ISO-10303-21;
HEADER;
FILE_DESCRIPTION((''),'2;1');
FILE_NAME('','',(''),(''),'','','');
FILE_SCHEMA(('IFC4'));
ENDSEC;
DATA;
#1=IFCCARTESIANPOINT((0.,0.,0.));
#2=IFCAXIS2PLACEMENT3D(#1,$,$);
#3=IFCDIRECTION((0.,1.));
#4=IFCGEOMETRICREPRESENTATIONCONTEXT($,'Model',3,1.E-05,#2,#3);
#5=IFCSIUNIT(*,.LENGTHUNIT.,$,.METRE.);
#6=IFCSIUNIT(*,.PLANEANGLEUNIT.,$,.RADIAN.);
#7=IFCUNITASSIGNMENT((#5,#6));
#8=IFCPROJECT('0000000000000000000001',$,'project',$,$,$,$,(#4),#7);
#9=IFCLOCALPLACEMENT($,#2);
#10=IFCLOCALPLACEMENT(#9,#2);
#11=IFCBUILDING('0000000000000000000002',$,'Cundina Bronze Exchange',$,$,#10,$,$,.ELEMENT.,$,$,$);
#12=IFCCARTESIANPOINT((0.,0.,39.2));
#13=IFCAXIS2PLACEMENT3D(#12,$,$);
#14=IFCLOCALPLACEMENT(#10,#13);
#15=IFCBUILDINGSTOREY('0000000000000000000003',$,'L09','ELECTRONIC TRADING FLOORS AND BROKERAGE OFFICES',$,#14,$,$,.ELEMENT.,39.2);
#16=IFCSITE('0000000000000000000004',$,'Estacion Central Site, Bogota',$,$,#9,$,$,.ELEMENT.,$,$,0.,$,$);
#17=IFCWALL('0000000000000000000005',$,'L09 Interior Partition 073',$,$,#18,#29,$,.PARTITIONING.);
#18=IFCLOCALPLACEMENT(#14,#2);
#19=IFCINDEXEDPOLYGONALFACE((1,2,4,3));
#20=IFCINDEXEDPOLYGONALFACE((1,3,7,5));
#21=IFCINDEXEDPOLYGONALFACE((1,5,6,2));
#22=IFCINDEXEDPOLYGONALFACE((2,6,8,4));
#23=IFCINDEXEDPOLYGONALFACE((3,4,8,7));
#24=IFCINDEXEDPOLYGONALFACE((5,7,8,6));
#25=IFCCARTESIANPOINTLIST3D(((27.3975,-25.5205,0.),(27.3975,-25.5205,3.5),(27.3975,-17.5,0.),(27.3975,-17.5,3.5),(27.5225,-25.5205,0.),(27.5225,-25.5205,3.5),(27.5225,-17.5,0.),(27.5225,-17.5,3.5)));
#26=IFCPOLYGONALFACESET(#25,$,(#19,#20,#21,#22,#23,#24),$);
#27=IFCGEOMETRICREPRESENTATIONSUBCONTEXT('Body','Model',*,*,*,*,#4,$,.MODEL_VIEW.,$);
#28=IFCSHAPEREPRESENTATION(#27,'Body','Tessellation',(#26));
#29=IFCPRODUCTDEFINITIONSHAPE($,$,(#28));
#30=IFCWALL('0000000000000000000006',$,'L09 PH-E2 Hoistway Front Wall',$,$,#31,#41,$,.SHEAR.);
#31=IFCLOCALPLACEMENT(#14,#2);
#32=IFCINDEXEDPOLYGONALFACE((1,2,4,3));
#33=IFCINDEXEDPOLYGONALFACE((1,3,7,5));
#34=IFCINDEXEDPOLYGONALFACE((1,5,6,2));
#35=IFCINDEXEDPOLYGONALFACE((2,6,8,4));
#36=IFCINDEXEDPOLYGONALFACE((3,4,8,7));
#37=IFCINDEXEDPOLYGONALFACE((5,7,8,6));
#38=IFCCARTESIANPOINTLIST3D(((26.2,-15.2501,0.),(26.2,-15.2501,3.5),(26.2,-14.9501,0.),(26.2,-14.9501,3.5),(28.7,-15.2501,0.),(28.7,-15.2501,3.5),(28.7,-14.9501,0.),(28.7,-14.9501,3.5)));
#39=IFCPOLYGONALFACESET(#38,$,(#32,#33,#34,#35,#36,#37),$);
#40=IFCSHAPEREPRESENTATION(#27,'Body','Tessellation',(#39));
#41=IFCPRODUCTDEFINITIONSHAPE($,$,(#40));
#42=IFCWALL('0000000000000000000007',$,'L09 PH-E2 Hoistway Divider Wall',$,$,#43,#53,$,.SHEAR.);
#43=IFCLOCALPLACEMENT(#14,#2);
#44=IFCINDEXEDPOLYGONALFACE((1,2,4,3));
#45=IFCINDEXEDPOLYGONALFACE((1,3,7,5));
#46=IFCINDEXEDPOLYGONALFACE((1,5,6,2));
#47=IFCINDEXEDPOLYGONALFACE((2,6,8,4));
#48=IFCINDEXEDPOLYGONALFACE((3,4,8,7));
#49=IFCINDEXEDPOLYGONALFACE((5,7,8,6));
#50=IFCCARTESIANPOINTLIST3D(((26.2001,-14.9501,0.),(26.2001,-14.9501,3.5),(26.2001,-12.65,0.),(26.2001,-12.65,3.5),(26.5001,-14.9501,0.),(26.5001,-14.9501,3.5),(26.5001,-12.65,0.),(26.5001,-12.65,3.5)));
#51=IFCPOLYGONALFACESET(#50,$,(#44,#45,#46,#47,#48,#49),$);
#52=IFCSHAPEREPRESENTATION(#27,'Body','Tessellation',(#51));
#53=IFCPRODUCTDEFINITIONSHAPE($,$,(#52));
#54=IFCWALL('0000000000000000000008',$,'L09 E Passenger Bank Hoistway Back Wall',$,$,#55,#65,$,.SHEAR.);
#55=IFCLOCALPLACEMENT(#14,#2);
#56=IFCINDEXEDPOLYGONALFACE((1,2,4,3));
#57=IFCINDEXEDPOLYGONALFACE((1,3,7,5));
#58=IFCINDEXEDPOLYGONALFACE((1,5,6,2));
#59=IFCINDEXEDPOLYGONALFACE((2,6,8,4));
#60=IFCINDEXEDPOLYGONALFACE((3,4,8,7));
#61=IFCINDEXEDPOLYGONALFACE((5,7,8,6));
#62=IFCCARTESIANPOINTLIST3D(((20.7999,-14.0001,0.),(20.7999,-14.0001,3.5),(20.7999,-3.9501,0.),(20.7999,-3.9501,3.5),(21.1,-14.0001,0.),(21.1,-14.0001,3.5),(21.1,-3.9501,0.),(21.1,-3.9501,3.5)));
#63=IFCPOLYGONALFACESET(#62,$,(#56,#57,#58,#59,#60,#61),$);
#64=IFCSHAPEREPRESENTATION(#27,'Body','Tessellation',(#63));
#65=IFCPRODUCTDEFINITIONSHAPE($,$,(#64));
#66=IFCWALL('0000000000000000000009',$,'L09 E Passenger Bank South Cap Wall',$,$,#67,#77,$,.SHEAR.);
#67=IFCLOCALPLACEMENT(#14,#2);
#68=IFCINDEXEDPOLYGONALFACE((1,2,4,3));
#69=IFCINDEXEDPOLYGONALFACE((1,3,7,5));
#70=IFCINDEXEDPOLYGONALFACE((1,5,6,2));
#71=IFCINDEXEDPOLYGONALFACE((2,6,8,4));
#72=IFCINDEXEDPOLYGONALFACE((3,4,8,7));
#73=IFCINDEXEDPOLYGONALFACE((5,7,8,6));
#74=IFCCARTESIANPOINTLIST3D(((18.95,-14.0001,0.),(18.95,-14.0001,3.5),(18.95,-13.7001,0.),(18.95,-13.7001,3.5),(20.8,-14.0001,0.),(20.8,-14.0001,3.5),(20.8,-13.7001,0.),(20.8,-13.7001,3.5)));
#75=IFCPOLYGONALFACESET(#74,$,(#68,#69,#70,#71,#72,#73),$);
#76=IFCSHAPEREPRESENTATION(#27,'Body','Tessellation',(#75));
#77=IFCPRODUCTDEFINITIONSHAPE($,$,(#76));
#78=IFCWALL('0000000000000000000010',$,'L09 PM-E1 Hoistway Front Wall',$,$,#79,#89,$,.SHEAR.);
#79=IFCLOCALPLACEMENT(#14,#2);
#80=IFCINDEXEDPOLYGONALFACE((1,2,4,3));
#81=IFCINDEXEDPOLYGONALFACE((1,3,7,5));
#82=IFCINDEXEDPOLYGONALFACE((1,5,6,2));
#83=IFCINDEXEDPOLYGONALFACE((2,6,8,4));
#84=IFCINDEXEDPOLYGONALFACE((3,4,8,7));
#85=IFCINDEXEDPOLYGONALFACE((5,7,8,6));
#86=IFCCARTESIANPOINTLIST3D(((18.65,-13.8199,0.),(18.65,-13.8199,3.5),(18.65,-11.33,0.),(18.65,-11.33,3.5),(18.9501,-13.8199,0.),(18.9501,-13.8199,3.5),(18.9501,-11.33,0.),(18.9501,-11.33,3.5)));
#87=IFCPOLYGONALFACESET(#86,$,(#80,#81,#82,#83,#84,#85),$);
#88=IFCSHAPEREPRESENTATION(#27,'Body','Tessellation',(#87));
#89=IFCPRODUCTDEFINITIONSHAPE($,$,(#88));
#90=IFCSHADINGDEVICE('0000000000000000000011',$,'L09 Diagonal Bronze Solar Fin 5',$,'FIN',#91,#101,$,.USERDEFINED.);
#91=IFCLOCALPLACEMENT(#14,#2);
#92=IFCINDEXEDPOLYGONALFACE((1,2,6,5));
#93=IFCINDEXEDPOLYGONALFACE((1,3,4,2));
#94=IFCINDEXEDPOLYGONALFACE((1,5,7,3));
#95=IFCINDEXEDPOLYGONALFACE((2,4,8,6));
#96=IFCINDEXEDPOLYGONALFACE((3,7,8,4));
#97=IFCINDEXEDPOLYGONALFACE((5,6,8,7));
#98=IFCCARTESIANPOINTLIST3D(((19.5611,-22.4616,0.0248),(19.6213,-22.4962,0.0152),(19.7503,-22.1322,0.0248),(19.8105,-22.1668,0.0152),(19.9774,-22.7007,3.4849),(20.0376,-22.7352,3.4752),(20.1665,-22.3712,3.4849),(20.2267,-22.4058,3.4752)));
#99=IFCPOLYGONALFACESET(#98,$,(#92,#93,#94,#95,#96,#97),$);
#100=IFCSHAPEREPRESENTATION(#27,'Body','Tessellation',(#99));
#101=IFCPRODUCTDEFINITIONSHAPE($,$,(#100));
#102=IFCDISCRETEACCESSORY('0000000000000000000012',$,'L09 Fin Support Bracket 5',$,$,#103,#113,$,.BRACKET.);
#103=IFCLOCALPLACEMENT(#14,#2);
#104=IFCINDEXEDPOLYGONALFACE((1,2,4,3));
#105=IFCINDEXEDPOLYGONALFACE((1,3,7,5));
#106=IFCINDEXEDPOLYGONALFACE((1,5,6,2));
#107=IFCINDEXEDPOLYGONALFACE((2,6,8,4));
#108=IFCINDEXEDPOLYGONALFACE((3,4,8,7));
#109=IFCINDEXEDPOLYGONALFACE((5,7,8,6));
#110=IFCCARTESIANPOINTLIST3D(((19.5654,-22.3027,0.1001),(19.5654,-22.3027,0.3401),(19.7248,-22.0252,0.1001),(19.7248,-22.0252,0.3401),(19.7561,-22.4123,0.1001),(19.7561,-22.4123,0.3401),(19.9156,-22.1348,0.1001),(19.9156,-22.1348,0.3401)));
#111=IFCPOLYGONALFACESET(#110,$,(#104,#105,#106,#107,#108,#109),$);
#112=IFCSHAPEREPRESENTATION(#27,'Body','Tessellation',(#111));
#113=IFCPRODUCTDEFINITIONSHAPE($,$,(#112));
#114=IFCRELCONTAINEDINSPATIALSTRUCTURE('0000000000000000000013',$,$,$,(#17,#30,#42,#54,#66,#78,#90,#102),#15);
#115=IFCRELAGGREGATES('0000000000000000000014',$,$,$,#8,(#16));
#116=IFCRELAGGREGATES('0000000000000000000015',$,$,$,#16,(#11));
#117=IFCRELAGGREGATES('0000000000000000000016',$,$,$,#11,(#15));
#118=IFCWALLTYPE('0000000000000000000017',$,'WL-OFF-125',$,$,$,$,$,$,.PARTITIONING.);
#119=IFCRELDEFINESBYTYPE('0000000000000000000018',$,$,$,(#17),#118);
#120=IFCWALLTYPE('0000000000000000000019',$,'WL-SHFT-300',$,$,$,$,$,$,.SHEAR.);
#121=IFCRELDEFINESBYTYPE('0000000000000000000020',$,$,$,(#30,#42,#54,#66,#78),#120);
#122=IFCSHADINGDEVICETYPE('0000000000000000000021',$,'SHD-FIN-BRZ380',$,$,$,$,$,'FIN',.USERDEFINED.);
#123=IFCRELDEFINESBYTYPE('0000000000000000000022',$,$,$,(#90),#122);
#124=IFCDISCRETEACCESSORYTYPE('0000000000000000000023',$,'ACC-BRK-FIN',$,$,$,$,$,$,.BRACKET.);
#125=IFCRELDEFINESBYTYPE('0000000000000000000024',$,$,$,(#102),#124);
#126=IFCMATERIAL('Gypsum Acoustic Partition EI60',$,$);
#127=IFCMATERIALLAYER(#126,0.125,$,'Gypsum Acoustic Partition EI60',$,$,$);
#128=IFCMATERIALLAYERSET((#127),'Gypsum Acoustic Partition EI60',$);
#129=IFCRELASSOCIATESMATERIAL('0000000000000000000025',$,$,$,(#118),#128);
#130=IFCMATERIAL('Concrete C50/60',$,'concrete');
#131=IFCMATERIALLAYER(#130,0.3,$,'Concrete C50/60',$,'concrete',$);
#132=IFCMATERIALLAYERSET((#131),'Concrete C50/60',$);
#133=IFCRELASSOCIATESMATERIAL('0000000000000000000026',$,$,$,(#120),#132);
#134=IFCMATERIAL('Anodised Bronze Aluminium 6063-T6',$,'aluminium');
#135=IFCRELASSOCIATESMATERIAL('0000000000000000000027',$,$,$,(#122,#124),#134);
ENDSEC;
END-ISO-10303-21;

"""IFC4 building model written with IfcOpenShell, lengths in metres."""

from ifc_helpers import new_model, si_unit, direction, frame, frame_2d, origin, origin_2d, place, context, subcontext, project, spatial, rectangle, extrude, material, layer, layer_set, material_profile, profile_set, type_object, element, save


model = new_model("IFC4")

# Units and contexts
model_context = context("Model", 3, precision=1e-05, world=origin(), true_north=direction((0.0, 1.0)))
body_context = subcontext(model_context, "Body", "Model", "MODEL_VIEW")
ifc_project = project(units=[si_unit("LENGTHUNIT", "METRE"), si_unit("PLANEANGLEUNIT", "RADIAN")], contexts=[model_context])

# Site, building, storey
site_placement = place(None, origin())
site = spatial("IfcSite", under=ifc_project, at=site_placement, Name="Estacion Central Site, Bogota", CompositionType="ELEMENT", RefElevation=0.0)
building_placement = place(site_placement, origin())
building = spatial("IfcBuilding", under=site, at=building_placement, Name="Cundina Bronze Exchange", CompositionType="ELEMENT")
storey_placement = place(building_placement, frame((0.0, 0.0, 39.2)))
storey = spatial("IfcBuildingStorey", under=building, at=storey_placement, Name="L09", Description="ELECTRONIC TRADING FLOORS AND BROKERAGE OFFICES", CompositionType="ELEMENT", Elevation=39.2)

# Shared definitions
ifc_material_1 = material(Name="Anodised Bronze Aluminium 6063-T6", Category="aluminium")

# Walls
ifc_material_2 = material(Name="Gypsum Acoustic Partition EI60")
ifc_layer_1 = layer(ifc_material_2, 0.125, Name="Gypsum Acoustic Partition EI60")
ifc_layer_set_1 = layer_set([ifc_layer_1], Name="Gypsum Acoustic Partition EI60")
wall_type_1 = type_object("IfcWallType", Name="WL-OFF-125", PredefinedType="PARTITIONING", material=ifc_layer_set_1)
wall_1_placement = place(storey_placement, frame((27.46, -25.5205, 0.0), z_axis=(0.0, 0.0, 1.0), x_axis=(0.0, 1.0, 0.0)))
element("IfcWall", 1, at=wall_1_placement, inside=storey, type_object=wall_type_1, Name="L09 Interior Partition 073", PredefinedType="PARTITIONING", context=body_context, shape_type="SweptSolid", body=[
    extrude(rectangle(XDim=8.0205, YDim=0.125, at=frame_2d((4.0103, 0.0))), origin(), (0.0, 0.0, 1.0), 3.5),
])
ifc_material_3 = material(Name="Concrete C50/60", Category="concrete")
ifc_layer_2 = layer(ifc_material_3, 0.3, Name="Concrete C50/60", Category="concrete")
ifc_layer_set_2 = layer_set([ifc_layer_2], Name="Concrete C50/60")
wall_type_2 = type_object("IfcWallType", Name="WL-SHFT-300", PredefinedType="SHEAR", material=ifc_layer_set_2)
wall_2_placement = place(storey_placement, frame((26.2, -15.1001, 0.0), z_axis=(0.0, 0.0, 1.0), x_axis=(1.0, 0.0, 0.0)))
element("IfcWall", 2, at=wall_2_placement, inside=storey, type_object=wall_type_2, Name="L09 PH-E2 Hoistway Front Wall", PredefinedType="SHEAR", context=body_context, shape_type="SweptSolid", body=[
    extrude(rectangle(XDim=2.5, YDim=0.3, at=frame_2d((1.25, 0.0))), origin(), (0.0, 0.0, 1.0), 3.5),
])
wall_3_placement = place(storey_placement, frame((26.3501, -14.95, 0.0), z_axis=(0.0, 0.0, 1.0), x_axis=(0.0, 1.0, 0.0)))
element("IfcWall", 3, at=wall_3_placement, inside=storey, type_object=wall_type_2, Name="L09 PH-E2 Hoistway Divider Wall", PredefinedType="SHEAR", context=body_context, shape_type="SweptSolid", body=[
    extrude(rectangle(XDim=2.3, YDim=0.3, at=frame_2d((1.1499, 0.0))), origin(), (0.0, 0.0, 1.0), 3.5),
])
wall_4_placement = place(storey_placement, frame((20.95, -14.0, 0.0), z_axis=(0.0, 0.0, 1.0), x_axis=(0.0, 1.0, 0.0)))
element("IfcWall", 4, at=wall_4_placement, inside=storey, type_object=wall_type_2, Name="L09 E Passenger Bank Hoistway Back Wall", PredefinedType="SHEAR", context=body_context, shape_type="SweptSolid", body=[
    extrude(rectangle(XDim=10.05, YDim=0.3, at=frame_2d((5.0249, 0.0))), origin(), (0.0, 0.0, 1.0), 3.5),
])
wall_5_placement = place(storey_placement, frame((18.95, -13.8501, 0.0), z_axis=(0.0, 0.0, 1.0), x_axis=(1.0, 0.0, 0.0)))
element("IfcWall", 5, at=wall_5_placement, inside=storey, type_object=wall_type_2, Name="L09 E Passenger Bank South Cap Wall", PredefinedType="SHEAR", context=body_context, shape_type="SweptSolid", body=[
    extrude(rectangle(XDim=1.8501, YDim=0.3, at=frame_2d((0.925, 0.0))), origin(), (0.0, 0.0, 1.0), 3.5),
])
wall_6_placement = place(storey_placement, frame((18.8, -13.8201, 0.0), z_axis=(0.0, 0.0, 1.0), x_axis=(0.0, 1.0, 0.0)))
element("IfcWall", 6, at=wall_6_placement, inside=storey, type_object=wall_type_2, Name="L09 PM-E1 Hoistway Front Wall", PredefinedType="SHEAR", context=body_context, shape_type="SweptSolid", body=[
    extrude(rectangle(XDim=2.49, YDim=0.3, at=frame_2d((1.2451, 0.0))), origin(), (0.0, 0.0, 1.0), 3.5),
])

# Shading device
ifc_material_profile_1 = material_profile(ifc_material_1, rectangle(XDim=0.0701, YDim=0.3799, at=origin_2d()), Name="FIN70X380", Category="aluminium")
ifc_profile_set_1 = profile_set([ifc_material_profile_1], Name="Anodised Bronze Aluminium 6063-T6")
shading_device_type = type_object("IfcShadingDeviceType", Name="SHD-FIN-BRZ380", ElementType="FIN", PredefinedType="USERDEFINED", material=ifc_profile_set_1)
shading_device_placement = place(storey_placement, frame((19.6858, -22.3142, 0.02), z_axis=(0.119166, -0.068425, 0.990514), x_axis=(-0.858982, 0.493222, 0.137414)))
element("IfcShadingDevice", 7, at=shading_device_placement, inside=storey, type_object=shading_device_type, Name="L09 Diagonal Bronze Solar Fin 5", ObjectType="FIN", PredefinedType="USERDEFINED", context=body_context, shape_type="SweptSolid", body=[
    extrude(rectangle(XDim=0.0701, YDim=0.3799, at=origin_2d()), origin(), (0.0, 0.0, 1.0), 3.4932),
])

# Discrete accessory
discrete_accessory_type = type_object("IfcDiscreteAccessoryType", Name="ACC-BRK-FIN", PredefinedType="BRACKET", material=ifc_material_1)
discrete_accessory_placement = place(storey_placement, frame((19.7405, -22.2188, 0.1001), z_axis=(0.0, 0.0, 1.0), x_axis=(0.867105, -0.498125, 0.0)))
element("IfcDiscreteAccessory", 8, at=discrete_accessory_placement, inside=storey, type_object=discrete_accessory_type, Name="L09 Fin Support Bracket 5", PredefinedType="BRACKET", context=body_context, shape_type="SweptSolid", body=[
    extrude(rectangle(XDim=0.22, YDim=0.3201, at=origin_2d()), origin(), (0.0, 0.0, 1.0), 0.24),
])

save(model, "model.ifc")
